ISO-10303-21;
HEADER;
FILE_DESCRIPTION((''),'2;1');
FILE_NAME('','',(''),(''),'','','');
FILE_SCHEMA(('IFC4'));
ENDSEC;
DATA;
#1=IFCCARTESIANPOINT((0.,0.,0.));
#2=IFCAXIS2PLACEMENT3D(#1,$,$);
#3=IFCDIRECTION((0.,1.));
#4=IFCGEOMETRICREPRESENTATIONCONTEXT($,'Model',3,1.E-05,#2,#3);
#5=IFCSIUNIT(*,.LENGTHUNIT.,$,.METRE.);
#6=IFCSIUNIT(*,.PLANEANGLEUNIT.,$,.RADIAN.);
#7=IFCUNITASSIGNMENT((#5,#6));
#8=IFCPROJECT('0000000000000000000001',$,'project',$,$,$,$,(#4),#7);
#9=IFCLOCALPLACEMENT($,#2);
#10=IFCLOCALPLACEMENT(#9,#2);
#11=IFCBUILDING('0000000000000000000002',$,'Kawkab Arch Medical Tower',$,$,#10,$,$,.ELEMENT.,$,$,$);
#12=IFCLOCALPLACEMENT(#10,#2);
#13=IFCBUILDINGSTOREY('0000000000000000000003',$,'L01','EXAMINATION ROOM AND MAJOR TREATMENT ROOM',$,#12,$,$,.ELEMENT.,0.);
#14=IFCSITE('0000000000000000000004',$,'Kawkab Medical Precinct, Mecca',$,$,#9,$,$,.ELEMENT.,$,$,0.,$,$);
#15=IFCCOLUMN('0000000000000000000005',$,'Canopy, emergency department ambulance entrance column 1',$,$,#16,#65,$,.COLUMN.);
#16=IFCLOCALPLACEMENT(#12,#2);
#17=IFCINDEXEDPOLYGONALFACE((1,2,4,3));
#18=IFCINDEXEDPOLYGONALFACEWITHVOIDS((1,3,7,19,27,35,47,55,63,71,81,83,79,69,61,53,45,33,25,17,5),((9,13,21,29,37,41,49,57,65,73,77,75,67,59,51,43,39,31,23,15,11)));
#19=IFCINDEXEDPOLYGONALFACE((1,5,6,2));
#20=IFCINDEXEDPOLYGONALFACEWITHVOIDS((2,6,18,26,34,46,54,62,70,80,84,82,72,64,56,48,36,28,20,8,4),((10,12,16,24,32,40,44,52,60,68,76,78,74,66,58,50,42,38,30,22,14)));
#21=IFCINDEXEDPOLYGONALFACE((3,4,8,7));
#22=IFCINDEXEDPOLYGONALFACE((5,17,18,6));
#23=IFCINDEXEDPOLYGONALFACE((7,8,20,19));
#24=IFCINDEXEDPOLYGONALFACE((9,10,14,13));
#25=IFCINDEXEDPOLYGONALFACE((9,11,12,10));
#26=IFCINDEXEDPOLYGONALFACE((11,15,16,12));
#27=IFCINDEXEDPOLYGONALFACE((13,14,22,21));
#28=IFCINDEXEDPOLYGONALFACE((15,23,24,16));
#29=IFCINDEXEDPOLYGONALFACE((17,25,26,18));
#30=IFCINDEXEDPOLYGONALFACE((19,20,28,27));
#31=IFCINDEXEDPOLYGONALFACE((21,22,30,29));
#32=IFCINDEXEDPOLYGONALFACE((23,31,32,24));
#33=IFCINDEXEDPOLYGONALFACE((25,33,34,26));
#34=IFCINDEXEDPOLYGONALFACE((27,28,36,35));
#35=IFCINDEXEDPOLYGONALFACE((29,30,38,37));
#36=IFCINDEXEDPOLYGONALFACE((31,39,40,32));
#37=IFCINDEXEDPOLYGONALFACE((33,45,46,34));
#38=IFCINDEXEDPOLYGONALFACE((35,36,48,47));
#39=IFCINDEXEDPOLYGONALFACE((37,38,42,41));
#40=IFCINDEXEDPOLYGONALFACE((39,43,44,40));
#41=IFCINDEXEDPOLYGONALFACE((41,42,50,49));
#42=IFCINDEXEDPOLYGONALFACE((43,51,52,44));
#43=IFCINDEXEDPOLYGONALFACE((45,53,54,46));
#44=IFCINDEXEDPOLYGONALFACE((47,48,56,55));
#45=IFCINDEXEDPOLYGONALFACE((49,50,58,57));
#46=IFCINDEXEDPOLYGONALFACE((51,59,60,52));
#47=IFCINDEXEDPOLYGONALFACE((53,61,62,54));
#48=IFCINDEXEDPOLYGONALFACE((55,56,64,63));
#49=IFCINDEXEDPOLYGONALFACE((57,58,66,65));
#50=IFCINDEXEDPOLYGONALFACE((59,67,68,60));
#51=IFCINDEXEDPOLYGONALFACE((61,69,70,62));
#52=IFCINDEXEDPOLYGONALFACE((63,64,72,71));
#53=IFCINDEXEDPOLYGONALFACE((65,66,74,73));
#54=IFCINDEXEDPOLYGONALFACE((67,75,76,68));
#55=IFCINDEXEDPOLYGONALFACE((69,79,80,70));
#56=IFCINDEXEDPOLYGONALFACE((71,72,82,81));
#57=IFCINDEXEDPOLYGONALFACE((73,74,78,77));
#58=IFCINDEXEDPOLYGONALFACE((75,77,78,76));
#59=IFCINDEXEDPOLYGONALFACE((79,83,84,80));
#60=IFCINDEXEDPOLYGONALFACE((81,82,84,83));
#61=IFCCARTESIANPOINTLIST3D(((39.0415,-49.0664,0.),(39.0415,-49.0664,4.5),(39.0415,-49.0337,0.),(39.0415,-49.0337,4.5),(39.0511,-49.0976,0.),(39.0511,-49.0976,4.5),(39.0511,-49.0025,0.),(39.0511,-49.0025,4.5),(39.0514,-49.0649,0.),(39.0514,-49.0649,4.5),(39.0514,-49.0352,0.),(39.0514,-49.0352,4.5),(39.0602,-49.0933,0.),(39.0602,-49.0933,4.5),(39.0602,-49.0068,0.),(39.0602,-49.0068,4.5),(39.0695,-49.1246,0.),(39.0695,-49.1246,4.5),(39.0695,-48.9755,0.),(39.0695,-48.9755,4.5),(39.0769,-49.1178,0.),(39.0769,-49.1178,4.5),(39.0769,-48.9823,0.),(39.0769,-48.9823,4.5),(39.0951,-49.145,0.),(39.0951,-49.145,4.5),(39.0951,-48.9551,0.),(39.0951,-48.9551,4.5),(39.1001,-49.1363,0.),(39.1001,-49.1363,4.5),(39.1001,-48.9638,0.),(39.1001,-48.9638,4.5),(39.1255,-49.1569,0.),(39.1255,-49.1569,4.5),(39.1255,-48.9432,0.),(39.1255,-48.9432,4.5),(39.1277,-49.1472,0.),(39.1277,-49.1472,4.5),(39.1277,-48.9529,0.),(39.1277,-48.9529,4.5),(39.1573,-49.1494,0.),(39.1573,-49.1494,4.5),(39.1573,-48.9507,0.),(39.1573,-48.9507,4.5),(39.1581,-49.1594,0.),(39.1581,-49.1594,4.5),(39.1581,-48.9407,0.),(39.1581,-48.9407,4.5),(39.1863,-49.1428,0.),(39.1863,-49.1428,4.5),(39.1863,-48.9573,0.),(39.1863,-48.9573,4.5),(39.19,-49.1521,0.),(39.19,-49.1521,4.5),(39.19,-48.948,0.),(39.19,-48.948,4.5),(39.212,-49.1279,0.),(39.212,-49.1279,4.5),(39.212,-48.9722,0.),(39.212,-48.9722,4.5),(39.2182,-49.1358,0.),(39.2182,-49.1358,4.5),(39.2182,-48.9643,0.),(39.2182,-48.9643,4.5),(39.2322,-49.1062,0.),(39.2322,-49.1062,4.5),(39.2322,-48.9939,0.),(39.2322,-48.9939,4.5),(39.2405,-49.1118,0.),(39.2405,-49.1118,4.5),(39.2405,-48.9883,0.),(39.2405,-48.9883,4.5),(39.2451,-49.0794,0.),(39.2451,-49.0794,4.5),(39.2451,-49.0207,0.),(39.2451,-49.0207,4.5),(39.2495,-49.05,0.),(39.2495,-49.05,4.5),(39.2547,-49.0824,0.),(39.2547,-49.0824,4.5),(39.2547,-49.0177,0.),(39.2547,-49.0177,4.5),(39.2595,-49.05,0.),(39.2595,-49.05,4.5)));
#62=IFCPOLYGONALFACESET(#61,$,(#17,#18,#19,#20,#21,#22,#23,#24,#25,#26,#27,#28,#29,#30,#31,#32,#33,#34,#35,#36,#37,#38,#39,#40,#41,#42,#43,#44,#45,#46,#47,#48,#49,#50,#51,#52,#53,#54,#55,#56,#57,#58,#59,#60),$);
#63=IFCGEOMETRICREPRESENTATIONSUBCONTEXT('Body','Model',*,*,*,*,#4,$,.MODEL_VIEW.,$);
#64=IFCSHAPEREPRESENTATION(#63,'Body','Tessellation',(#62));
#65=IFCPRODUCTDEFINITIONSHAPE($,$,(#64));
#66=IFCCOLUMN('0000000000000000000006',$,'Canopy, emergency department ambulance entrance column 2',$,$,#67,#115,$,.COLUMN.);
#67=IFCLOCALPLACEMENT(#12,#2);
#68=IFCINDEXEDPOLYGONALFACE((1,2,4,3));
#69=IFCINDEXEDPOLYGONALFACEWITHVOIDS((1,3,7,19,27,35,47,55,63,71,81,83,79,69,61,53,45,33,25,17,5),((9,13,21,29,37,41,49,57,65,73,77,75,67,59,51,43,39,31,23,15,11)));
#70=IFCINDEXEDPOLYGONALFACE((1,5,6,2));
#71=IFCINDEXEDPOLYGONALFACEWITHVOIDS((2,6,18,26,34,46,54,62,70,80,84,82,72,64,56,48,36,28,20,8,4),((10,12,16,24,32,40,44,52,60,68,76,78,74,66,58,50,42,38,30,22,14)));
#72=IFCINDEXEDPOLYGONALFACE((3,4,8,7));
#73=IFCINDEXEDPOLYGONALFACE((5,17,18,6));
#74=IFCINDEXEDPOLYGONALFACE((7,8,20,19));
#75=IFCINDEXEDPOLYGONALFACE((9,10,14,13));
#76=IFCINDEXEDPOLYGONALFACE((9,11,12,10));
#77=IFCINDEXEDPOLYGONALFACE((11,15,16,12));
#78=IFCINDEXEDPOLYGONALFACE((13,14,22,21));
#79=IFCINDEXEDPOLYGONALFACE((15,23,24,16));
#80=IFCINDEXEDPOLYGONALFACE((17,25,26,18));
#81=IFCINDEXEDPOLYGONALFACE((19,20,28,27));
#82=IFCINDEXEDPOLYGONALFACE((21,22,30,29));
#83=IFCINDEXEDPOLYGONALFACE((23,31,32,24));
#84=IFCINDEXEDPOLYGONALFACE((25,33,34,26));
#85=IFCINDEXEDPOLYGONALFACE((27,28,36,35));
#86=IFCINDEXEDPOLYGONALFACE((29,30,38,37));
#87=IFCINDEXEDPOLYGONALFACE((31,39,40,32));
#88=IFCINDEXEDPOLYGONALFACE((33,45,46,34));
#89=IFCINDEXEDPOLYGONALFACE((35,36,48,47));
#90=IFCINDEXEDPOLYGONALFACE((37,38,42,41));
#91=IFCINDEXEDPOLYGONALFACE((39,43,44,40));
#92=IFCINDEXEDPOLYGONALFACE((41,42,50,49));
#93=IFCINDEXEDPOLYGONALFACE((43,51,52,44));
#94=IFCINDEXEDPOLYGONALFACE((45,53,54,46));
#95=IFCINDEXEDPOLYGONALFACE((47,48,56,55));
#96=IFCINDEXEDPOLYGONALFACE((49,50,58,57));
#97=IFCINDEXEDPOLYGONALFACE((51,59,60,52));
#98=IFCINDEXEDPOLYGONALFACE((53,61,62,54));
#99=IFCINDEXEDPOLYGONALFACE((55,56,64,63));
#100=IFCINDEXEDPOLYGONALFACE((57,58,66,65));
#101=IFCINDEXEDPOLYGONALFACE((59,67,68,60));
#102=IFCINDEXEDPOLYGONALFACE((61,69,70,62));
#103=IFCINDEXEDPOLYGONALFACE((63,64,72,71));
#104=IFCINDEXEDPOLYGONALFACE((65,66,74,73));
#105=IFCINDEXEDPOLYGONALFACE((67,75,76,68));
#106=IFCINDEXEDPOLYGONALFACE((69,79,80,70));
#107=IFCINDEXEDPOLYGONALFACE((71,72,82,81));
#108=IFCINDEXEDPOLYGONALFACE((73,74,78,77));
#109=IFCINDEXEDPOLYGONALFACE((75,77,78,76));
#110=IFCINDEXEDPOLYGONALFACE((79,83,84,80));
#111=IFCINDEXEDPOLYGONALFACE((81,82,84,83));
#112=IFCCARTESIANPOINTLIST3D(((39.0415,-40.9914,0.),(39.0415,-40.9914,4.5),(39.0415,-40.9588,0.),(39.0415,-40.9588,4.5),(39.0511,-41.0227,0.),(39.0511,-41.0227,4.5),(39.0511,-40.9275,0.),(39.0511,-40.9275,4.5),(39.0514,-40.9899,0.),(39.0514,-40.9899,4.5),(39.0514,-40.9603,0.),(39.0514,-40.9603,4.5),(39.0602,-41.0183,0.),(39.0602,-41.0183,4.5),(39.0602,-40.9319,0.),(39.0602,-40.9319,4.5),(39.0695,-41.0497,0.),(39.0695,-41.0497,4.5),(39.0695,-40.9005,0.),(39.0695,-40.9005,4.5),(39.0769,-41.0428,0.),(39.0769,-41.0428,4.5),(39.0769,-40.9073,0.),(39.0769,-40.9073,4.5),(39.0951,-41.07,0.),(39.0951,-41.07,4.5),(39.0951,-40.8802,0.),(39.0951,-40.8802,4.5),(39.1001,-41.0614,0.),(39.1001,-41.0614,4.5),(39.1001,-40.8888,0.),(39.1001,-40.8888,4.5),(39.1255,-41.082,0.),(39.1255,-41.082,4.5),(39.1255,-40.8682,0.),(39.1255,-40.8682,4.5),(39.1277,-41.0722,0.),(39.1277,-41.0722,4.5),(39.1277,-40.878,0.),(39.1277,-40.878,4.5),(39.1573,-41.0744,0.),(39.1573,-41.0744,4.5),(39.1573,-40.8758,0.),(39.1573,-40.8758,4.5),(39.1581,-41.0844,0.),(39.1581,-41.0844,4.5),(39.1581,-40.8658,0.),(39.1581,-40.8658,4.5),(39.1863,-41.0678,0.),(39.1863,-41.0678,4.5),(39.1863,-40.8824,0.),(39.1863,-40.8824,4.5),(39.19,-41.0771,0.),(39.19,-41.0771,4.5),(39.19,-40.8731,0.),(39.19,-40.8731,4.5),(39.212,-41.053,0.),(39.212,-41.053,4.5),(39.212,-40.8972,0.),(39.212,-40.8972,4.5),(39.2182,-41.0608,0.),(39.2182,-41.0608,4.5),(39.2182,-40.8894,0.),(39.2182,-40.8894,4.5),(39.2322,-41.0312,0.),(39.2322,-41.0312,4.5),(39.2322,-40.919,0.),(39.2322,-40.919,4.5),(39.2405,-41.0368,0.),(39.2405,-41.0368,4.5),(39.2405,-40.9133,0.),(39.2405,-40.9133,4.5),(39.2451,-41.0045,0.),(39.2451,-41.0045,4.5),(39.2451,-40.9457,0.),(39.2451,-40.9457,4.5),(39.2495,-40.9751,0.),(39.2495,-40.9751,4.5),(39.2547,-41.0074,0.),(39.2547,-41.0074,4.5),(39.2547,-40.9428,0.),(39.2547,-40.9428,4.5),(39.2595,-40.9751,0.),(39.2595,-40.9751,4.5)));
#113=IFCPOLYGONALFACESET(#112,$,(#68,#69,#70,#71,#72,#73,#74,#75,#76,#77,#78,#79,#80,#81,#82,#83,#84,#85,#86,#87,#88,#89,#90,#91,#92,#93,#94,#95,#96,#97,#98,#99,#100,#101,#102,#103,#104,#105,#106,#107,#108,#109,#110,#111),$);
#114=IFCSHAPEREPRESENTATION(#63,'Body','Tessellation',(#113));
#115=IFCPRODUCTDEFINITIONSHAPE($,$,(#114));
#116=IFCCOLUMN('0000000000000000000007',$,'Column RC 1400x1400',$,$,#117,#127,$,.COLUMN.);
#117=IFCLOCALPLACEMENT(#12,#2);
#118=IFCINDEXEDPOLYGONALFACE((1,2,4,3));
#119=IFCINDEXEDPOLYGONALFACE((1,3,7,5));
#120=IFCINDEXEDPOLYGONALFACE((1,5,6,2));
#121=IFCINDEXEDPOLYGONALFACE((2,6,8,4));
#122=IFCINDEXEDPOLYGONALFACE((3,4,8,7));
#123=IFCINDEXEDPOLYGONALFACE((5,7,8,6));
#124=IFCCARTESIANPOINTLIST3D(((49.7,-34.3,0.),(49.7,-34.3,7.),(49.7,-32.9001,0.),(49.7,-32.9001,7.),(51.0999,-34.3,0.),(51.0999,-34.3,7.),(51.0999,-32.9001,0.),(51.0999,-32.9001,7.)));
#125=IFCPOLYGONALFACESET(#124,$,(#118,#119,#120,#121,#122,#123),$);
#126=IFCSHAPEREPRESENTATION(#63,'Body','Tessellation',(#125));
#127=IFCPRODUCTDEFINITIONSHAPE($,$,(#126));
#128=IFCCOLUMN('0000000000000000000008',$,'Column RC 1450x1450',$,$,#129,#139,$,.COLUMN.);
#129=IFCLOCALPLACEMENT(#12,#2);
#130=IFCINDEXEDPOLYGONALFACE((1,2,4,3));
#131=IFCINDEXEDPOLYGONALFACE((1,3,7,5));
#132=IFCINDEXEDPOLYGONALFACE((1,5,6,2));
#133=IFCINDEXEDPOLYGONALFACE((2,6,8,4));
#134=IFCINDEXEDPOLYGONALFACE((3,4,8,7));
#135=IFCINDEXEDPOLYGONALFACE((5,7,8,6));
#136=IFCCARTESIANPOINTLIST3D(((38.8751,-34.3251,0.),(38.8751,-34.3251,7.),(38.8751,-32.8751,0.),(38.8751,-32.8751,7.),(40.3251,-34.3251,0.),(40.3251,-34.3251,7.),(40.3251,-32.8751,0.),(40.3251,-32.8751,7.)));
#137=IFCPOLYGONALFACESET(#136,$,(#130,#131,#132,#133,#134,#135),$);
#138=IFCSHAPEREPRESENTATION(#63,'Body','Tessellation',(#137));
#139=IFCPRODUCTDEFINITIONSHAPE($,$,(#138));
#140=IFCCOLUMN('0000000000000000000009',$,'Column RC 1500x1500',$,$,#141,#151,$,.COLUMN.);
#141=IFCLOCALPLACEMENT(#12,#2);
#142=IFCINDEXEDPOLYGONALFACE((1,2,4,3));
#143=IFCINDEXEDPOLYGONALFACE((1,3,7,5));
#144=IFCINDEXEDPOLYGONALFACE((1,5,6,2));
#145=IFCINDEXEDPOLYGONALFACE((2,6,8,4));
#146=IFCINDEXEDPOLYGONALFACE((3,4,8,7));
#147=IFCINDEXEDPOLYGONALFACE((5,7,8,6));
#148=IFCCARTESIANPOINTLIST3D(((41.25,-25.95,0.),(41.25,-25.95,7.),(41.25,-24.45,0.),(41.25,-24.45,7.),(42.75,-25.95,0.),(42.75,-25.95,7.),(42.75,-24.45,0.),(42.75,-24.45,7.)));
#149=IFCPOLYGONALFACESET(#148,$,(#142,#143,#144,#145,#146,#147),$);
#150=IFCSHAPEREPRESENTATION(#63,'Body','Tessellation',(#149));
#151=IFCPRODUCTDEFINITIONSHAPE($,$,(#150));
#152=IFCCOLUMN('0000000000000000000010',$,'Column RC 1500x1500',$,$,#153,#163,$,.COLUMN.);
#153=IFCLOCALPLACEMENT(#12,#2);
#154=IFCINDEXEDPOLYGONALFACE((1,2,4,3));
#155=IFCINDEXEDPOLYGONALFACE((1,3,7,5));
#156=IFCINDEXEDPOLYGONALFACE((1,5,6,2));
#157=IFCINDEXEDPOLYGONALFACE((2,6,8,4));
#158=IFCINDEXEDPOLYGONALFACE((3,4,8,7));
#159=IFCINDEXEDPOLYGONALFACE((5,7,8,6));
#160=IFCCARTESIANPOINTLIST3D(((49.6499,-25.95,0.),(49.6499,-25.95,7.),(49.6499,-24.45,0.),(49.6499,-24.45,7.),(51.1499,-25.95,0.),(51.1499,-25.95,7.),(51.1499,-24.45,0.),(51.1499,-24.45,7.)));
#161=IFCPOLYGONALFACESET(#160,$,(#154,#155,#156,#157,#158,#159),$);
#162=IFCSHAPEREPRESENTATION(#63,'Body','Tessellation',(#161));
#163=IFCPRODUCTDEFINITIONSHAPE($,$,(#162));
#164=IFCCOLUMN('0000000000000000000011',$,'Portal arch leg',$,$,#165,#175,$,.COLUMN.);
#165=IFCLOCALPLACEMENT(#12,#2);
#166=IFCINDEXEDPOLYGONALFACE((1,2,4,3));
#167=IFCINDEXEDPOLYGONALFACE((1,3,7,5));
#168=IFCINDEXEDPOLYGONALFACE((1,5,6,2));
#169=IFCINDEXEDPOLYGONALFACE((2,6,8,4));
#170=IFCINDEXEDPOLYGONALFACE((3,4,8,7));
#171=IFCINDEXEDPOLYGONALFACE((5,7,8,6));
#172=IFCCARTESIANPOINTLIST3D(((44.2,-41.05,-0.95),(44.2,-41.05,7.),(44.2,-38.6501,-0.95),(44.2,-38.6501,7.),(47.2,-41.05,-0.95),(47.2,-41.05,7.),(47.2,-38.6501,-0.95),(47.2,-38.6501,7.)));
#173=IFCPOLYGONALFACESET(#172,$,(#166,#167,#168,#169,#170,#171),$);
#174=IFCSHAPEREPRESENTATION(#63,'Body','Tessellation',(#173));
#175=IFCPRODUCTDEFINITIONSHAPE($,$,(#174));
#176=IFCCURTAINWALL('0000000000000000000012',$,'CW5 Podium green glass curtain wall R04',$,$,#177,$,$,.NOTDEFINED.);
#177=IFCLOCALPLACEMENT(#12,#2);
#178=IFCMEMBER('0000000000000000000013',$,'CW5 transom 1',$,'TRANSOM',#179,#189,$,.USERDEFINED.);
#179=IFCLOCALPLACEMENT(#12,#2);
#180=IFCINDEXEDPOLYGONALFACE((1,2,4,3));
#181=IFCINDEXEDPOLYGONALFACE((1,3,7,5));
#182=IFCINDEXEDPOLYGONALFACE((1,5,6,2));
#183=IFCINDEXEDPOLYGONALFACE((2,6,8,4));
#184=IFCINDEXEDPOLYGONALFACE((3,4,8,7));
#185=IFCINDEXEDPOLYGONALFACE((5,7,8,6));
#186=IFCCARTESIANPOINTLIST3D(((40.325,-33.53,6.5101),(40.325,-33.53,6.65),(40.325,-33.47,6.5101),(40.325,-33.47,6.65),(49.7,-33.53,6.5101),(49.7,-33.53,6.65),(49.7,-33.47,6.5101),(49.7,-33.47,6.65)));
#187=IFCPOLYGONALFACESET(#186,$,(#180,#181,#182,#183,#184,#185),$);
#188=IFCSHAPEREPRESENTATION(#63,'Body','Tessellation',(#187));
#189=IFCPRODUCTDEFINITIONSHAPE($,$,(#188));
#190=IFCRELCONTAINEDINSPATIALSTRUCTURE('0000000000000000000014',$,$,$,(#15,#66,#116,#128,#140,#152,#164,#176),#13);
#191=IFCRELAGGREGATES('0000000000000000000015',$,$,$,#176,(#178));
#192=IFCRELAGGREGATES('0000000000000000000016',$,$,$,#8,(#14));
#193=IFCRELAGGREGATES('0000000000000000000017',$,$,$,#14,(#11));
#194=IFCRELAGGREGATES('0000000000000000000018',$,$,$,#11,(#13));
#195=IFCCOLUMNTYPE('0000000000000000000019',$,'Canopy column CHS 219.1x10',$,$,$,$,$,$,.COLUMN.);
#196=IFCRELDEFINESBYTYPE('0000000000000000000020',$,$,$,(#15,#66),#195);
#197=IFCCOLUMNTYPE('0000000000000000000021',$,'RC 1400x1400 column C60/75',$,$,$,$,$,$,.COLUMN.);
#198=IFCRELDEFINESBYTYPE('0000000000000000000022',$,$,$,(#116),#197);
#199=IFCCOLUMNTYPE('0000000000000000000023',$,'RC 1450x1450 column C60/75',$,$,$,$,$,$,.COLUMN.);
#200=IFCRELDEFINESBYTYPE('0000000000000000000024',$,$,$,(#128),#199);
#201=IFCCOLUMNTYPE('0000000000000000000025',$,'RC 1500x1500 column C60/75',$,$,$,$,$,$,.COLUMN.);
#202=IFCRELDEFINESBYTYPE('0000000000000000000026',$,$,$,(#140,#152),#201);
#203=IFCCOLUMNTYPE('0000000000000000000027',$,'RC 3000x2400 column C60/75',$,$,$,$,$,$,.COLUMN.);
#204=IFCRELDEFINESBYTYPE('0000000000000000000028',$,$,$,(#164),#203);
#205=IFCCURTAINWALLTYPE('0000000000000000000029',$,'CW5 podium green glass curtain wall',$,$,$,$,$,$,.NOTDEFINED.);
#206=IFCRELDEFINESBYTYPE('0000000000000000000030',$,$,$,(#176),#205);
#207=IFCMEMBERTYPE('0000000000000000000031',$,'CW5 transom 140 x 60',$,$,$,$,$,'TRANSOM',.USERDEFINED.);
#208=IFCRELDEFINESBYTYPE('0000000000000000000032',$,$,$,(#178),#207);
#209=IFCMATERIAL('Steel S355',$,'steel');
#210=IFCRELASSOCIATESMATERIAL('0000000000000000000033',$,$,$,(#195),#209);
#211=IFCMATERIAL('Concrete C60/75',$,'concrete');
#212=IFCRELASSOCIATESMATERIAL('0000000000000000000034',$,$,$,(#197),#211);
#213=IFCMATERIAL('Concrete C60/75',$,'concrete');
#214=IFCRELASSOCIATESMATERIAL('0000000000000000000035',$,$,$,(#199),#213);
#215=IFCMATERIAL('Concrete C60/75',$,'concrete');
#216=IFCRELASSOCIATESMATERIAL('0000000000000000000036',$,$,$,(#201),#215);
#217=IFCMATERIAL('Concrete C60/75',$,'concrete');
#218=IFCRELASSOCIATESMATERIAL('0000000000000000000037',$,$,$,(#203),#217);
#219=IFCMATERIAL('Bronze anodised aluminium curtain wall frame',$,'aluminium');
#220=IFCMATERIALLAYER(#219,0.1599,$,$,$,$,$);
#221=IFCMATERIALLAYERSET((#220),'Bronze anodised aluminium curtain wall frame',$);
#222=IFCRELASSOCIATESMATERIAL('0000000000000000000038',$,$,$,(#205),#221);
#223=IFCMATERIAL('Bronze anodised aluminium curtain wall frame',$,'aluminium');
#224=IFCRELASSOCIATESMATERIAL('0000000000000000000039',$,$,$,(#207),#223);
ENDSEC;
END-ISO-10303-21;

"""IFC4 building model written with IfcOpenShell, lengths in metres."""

from ifc_helpers import new_model, si_unit, direction, frame, origin, origin_2d, place, context, subcontext, project, spatial, rectangle, hollow_circle, extrude, material, layer, layer_set, material_profile, profile_set, type_object, element, aggregate, save


model = new_model("IFC4")

# Units and contexts
model_context = context("Model", 3, precision=1e-05, world=origin(), true_north=direction((0.0, 1.0)))
body_context = subcontext(model_context, "Body", "Model", "MODEL_VIEW")
ifc_project = project(units=[si_unit("LENGTHUNIT", "METRE"), si_unit("PLANEANGLEUNIT", "RADIAN")], contexts=[model_context])

# Site, building, storey
site_placement = place(None, origin())
site = spatial("IfcSite", under=ifc_project, at=site_placement, Name="Kawkab Medical Precinct, Mecca", CompositionType="ELEMENT", RefElevation=0.0)
building_placement = place(site_placement, origin())
building = spatial("IfcBuilding", under=site, at=building_placement, Name="Kawkab Arch Medical Tower", CompositionType="ELEMENT")
storey_placement = place(building_placement, origin())
storey = spatial("IfcBuildingStorey", under=building, at=storey_placement, Name="L01", Description="EXAMINATION ROOM AND MAJOR TREATMENT ROOM", CompositionType="ELEMENT", Elevation=0.0)

# Columns
ifc_material_1 = material(Name="Steel S355", Category="steel")
ifc_material_profile_1 = material_profile(ifc_material_1, hollow_circle(Radius=0.1096, WallThickness=0.01, at=origin_2d()), Name="CHS 219.1x10")
ifc_profile_set_1 = profile_set([ifc_material_profile_1], Name="Steel S355")
column_type_1 = type_object("IfcColumnType", Name="Canopy column CHS 219.1x10", PredefinedType="COLUMN", material=ifc_profile_set_1)
for number, where, z_axis, x_axis, name in (
    (1, (39.1499, -49.05, 0.0), (0.0, 0.0, 1.0), (1.0, 0.0, 0.0), "Canopy, emergency department ambulance entrance column 1"),
    (2, (39.1499, -40.9751, 0.0), (0.0, 0.0, 1.0), (1.0, 0.0, 0.0), "Canopy, emergency department ambulance entrance column 2"),
):
    element("IfcColumn", number, at=place(storey_placement, frame(where, z_axis=z_axis, x_axis=x_axis)), inside=storey, type_object=column_type_1, Name=name, PredefinedType="COLUMN", context=body_context, shape_type="SweptSolid", body=[
        extrude(hollow_circle(Radius=0.1096, WallThickness=0.01, at=origin_2d()), origin(), (0.0, 0.0, 1.0), 4.5),
    ])
ifc_material_2 = material(Name="Concrete C60/75", Category="concrete")
ifc_material_profile_2 = material_profile(ifc_material_2, rectangle(XDim=1.3999, YDim=1.3999, at=origin_2d()), Name="RC 1400x1400")
ifc_profile_set_2 = profile_set([ifc_material_profile_2], Name="Concrete C60/75")
column_type_2 = type_object("IfcColumnType", Name="RC 1400x1400 column C60/75", PredefinedType="COLUMN", material=ifc_profile_set_2)
column_1_placement = place(storey_placement, frame((50.3999, -33.6001, 0.0), z_axis=(0.0, 0.0, 1.0), x_axis=(1.0, 0.0, 0.0)))
element("IfcColumn", 3, at=column_1_placement, inside=storey, type_object=column_type_2, Name="Column RC 1400x1400", PredefinedType="COLUMN", context=body_context, shape_type="SweptSolid", body=[
    extrude(rectangle(XDim=1.3999, YDim=1.3999, at=origin_2d()), origin(), (0.0, 0.0, 1.0), 7.0),
])
ifc_material_3 = material(Name="Concrete C60/75", Category="concrete")
ifc_material_profile_3 = material_profile(ifc_material_3, rectangle(XDim=1.45, YDim=1.45, at=origin_2d()), Name="RC 1450x1450")
ifc_profile_set_3 = profile_set([ifc_material_profile_3], Name="Concrete C60/75")
column_type_3 = type_object("IfcColumnType", Name="RC 1450x1450 column C60/75", PredefinedType="COLUMN", material=ifc_profile_set_3)
column_2_placement = place(storey_placement, frame((39.6001, -33.6001, 0.0), z_axis=(0.0, 0.0, 1.0), x_axis=(1.0, 0.0, 0.0)))
element("IfcColumn", 4, at=column_2_placement, inside=storey, type_object=column_type_3, Name="Column RC 1450x1450", PredefinedType="COLUMN", context=body_context, shape_type="SweptSolid", body=[
    extrude(rectangle(XDim=1.45, YDim=1.45, at=origin_2d()), origin(), (0.0, 0.0, 1.0), 7.0),
])
ifc_material_4 = material(Name="Concrete C60/75", Category="concrete")
ifc_material_profile_4 = material_profile(ifc_material_4, rectangle(XDim=1.5, YDim=1.5, at=origin_2d()), Name="RC 1500x1500")
ifc_profile_set_4 = profile_set([ifc_material_profile_4], Name="Concrete C60/75")
column_type_4 = type_object("IfcColumnType", Name="RC 1500x1500 column C60/75", PredefinedType="COLUMN", material=ifc_profile_set_4)
for number, where, z_axis, x_axis, name in (
    (5, (42.0, -25.2, 0.0), (0.0, 0.0, 1.0), (1.0, 0.0, 0.0), "Column RC 1500x1500"),
    (6, (50.3999, -25.2, 0.0), (0.0, 0.0, 1.0), (1.0, 0.0, 0.0), "Column RC 1500x1500"),
):
    element("IfcColumn", number, at=place(storey_placement, frame(where, z_axis=z_axis, x_axis=x_axis)), inside=storey, type_object=column_type_4, Name=name, PredefinedType="COLUMN", context=body_context, shape_type="SweptSolid", body=[
        extrude(rectangle(XDim=1.5, YDim=1.5, at=origin_2d()), origin(), (0.0, 0.0, 1.0), 7.0),
    ])
ifc_material_5 = material(Name="Concrete C60/75", Category="concrete")
ifc_material_profile_5 = material_profile(ifc_material_5, rectangle(XDim=3.0, YDim=2.3999, at=origin_2d()), Name="RC 3000x2400")
ifc_profile_set_5 = profile_set([ifc_material_profile_5], Name="Concrete C60/75")
column_type_5 = type_object("IfcColumnType", Name="RC 3000x2400 column C60/75", PredefinedType="COLUMN", material=ifc_profile_set_5)
column_3_placement = place(storey_placement, frame((45.7, -39.8501, -0.95), z_axis=(0.0, 0.0, 1.0), x_axis=(1.0, 0.0, 0.0)))
element("IfcColumn", 7, at=column_3_placement, inside=storey, type_object=column_type_5, Name="Portal arch leg", PredefinedType="COLUMN", context=body_context, shape_type="SweptSolid", body=[
    extrude(rectangle(XDim=3.0, YDim=2.3999, at=origin_2d()), origin(), (0.0, 0.0, 1.0), 7.95),
])

# Curtain wall, member
ifc_material_6 = material(Name="Bronze anodised aluminium curtain wall frame", Category="aluminium")
ifc_layer_1 = layer(ifc_material_6, 0.1599)
ifc_layer_set_1 = layer_set([ifc_layer_1], Name="Bronze anodised aluminium curtain wall frame")
curtain_wall_type = type_object("IfcCurtainWallType", Name="CW5 podium green glass curtain wall", PredefinedType="NOTDEFINED", material=ifc_layer_set_1)
placement = place(storey_placement, origin())
curtain_wall_1 = element("IfcCurtainWall", 8, at=placement, inside=storey, type_object=curtain_wall_type, Name="CW5 Podium green glass curtain wall R04", PredefinedType="NOTDEFINED")
ifc_material_7 = material(Name="Bronze anodised aluminium curtain wall frame", Category="aluminium")
ifc_material_profile_6 = material_profile(ifc_material_7, rectangle(XDim=0.0601, YDim=0.1399, at=origin_2d()), Name="AL 60x140")
ifc_profile_set_6 = profile_set([ifc_material_profile_6], Name="Bronze anodised aluminium curtain wall frame")
member_type = type_object("IfcMemberType", Name="CW5 transom 140 x 60", ElementType="TRANSOM", PredefinedType="USERDEFINED", material=ifc_profile_set_6)
member_1_placement = place(storey_placement, frame((40.325, -33.5, 6.5801), z_axis=(1.0, 0.0, 0.0), x_axis=(0.0, 1.0, 0.0)))
member_1 = element("IfcMember", 9, at=member_1_placement, type_object=member_type, Name="CW5 transom 1", ObjectType="TRANSOM", PredefinedType="USERDEFINED", context=body_context, shape_type="SweptSolid", body=[
    extrude(rectangle(XDim=0.0601, YDim=0.1399, at=origin_2d()), origin(), (0.0, 0.0, 1.0), 9.375),
])

aggregate(curtain_wall_1, [member_1])

save(model, "model.ifc")
